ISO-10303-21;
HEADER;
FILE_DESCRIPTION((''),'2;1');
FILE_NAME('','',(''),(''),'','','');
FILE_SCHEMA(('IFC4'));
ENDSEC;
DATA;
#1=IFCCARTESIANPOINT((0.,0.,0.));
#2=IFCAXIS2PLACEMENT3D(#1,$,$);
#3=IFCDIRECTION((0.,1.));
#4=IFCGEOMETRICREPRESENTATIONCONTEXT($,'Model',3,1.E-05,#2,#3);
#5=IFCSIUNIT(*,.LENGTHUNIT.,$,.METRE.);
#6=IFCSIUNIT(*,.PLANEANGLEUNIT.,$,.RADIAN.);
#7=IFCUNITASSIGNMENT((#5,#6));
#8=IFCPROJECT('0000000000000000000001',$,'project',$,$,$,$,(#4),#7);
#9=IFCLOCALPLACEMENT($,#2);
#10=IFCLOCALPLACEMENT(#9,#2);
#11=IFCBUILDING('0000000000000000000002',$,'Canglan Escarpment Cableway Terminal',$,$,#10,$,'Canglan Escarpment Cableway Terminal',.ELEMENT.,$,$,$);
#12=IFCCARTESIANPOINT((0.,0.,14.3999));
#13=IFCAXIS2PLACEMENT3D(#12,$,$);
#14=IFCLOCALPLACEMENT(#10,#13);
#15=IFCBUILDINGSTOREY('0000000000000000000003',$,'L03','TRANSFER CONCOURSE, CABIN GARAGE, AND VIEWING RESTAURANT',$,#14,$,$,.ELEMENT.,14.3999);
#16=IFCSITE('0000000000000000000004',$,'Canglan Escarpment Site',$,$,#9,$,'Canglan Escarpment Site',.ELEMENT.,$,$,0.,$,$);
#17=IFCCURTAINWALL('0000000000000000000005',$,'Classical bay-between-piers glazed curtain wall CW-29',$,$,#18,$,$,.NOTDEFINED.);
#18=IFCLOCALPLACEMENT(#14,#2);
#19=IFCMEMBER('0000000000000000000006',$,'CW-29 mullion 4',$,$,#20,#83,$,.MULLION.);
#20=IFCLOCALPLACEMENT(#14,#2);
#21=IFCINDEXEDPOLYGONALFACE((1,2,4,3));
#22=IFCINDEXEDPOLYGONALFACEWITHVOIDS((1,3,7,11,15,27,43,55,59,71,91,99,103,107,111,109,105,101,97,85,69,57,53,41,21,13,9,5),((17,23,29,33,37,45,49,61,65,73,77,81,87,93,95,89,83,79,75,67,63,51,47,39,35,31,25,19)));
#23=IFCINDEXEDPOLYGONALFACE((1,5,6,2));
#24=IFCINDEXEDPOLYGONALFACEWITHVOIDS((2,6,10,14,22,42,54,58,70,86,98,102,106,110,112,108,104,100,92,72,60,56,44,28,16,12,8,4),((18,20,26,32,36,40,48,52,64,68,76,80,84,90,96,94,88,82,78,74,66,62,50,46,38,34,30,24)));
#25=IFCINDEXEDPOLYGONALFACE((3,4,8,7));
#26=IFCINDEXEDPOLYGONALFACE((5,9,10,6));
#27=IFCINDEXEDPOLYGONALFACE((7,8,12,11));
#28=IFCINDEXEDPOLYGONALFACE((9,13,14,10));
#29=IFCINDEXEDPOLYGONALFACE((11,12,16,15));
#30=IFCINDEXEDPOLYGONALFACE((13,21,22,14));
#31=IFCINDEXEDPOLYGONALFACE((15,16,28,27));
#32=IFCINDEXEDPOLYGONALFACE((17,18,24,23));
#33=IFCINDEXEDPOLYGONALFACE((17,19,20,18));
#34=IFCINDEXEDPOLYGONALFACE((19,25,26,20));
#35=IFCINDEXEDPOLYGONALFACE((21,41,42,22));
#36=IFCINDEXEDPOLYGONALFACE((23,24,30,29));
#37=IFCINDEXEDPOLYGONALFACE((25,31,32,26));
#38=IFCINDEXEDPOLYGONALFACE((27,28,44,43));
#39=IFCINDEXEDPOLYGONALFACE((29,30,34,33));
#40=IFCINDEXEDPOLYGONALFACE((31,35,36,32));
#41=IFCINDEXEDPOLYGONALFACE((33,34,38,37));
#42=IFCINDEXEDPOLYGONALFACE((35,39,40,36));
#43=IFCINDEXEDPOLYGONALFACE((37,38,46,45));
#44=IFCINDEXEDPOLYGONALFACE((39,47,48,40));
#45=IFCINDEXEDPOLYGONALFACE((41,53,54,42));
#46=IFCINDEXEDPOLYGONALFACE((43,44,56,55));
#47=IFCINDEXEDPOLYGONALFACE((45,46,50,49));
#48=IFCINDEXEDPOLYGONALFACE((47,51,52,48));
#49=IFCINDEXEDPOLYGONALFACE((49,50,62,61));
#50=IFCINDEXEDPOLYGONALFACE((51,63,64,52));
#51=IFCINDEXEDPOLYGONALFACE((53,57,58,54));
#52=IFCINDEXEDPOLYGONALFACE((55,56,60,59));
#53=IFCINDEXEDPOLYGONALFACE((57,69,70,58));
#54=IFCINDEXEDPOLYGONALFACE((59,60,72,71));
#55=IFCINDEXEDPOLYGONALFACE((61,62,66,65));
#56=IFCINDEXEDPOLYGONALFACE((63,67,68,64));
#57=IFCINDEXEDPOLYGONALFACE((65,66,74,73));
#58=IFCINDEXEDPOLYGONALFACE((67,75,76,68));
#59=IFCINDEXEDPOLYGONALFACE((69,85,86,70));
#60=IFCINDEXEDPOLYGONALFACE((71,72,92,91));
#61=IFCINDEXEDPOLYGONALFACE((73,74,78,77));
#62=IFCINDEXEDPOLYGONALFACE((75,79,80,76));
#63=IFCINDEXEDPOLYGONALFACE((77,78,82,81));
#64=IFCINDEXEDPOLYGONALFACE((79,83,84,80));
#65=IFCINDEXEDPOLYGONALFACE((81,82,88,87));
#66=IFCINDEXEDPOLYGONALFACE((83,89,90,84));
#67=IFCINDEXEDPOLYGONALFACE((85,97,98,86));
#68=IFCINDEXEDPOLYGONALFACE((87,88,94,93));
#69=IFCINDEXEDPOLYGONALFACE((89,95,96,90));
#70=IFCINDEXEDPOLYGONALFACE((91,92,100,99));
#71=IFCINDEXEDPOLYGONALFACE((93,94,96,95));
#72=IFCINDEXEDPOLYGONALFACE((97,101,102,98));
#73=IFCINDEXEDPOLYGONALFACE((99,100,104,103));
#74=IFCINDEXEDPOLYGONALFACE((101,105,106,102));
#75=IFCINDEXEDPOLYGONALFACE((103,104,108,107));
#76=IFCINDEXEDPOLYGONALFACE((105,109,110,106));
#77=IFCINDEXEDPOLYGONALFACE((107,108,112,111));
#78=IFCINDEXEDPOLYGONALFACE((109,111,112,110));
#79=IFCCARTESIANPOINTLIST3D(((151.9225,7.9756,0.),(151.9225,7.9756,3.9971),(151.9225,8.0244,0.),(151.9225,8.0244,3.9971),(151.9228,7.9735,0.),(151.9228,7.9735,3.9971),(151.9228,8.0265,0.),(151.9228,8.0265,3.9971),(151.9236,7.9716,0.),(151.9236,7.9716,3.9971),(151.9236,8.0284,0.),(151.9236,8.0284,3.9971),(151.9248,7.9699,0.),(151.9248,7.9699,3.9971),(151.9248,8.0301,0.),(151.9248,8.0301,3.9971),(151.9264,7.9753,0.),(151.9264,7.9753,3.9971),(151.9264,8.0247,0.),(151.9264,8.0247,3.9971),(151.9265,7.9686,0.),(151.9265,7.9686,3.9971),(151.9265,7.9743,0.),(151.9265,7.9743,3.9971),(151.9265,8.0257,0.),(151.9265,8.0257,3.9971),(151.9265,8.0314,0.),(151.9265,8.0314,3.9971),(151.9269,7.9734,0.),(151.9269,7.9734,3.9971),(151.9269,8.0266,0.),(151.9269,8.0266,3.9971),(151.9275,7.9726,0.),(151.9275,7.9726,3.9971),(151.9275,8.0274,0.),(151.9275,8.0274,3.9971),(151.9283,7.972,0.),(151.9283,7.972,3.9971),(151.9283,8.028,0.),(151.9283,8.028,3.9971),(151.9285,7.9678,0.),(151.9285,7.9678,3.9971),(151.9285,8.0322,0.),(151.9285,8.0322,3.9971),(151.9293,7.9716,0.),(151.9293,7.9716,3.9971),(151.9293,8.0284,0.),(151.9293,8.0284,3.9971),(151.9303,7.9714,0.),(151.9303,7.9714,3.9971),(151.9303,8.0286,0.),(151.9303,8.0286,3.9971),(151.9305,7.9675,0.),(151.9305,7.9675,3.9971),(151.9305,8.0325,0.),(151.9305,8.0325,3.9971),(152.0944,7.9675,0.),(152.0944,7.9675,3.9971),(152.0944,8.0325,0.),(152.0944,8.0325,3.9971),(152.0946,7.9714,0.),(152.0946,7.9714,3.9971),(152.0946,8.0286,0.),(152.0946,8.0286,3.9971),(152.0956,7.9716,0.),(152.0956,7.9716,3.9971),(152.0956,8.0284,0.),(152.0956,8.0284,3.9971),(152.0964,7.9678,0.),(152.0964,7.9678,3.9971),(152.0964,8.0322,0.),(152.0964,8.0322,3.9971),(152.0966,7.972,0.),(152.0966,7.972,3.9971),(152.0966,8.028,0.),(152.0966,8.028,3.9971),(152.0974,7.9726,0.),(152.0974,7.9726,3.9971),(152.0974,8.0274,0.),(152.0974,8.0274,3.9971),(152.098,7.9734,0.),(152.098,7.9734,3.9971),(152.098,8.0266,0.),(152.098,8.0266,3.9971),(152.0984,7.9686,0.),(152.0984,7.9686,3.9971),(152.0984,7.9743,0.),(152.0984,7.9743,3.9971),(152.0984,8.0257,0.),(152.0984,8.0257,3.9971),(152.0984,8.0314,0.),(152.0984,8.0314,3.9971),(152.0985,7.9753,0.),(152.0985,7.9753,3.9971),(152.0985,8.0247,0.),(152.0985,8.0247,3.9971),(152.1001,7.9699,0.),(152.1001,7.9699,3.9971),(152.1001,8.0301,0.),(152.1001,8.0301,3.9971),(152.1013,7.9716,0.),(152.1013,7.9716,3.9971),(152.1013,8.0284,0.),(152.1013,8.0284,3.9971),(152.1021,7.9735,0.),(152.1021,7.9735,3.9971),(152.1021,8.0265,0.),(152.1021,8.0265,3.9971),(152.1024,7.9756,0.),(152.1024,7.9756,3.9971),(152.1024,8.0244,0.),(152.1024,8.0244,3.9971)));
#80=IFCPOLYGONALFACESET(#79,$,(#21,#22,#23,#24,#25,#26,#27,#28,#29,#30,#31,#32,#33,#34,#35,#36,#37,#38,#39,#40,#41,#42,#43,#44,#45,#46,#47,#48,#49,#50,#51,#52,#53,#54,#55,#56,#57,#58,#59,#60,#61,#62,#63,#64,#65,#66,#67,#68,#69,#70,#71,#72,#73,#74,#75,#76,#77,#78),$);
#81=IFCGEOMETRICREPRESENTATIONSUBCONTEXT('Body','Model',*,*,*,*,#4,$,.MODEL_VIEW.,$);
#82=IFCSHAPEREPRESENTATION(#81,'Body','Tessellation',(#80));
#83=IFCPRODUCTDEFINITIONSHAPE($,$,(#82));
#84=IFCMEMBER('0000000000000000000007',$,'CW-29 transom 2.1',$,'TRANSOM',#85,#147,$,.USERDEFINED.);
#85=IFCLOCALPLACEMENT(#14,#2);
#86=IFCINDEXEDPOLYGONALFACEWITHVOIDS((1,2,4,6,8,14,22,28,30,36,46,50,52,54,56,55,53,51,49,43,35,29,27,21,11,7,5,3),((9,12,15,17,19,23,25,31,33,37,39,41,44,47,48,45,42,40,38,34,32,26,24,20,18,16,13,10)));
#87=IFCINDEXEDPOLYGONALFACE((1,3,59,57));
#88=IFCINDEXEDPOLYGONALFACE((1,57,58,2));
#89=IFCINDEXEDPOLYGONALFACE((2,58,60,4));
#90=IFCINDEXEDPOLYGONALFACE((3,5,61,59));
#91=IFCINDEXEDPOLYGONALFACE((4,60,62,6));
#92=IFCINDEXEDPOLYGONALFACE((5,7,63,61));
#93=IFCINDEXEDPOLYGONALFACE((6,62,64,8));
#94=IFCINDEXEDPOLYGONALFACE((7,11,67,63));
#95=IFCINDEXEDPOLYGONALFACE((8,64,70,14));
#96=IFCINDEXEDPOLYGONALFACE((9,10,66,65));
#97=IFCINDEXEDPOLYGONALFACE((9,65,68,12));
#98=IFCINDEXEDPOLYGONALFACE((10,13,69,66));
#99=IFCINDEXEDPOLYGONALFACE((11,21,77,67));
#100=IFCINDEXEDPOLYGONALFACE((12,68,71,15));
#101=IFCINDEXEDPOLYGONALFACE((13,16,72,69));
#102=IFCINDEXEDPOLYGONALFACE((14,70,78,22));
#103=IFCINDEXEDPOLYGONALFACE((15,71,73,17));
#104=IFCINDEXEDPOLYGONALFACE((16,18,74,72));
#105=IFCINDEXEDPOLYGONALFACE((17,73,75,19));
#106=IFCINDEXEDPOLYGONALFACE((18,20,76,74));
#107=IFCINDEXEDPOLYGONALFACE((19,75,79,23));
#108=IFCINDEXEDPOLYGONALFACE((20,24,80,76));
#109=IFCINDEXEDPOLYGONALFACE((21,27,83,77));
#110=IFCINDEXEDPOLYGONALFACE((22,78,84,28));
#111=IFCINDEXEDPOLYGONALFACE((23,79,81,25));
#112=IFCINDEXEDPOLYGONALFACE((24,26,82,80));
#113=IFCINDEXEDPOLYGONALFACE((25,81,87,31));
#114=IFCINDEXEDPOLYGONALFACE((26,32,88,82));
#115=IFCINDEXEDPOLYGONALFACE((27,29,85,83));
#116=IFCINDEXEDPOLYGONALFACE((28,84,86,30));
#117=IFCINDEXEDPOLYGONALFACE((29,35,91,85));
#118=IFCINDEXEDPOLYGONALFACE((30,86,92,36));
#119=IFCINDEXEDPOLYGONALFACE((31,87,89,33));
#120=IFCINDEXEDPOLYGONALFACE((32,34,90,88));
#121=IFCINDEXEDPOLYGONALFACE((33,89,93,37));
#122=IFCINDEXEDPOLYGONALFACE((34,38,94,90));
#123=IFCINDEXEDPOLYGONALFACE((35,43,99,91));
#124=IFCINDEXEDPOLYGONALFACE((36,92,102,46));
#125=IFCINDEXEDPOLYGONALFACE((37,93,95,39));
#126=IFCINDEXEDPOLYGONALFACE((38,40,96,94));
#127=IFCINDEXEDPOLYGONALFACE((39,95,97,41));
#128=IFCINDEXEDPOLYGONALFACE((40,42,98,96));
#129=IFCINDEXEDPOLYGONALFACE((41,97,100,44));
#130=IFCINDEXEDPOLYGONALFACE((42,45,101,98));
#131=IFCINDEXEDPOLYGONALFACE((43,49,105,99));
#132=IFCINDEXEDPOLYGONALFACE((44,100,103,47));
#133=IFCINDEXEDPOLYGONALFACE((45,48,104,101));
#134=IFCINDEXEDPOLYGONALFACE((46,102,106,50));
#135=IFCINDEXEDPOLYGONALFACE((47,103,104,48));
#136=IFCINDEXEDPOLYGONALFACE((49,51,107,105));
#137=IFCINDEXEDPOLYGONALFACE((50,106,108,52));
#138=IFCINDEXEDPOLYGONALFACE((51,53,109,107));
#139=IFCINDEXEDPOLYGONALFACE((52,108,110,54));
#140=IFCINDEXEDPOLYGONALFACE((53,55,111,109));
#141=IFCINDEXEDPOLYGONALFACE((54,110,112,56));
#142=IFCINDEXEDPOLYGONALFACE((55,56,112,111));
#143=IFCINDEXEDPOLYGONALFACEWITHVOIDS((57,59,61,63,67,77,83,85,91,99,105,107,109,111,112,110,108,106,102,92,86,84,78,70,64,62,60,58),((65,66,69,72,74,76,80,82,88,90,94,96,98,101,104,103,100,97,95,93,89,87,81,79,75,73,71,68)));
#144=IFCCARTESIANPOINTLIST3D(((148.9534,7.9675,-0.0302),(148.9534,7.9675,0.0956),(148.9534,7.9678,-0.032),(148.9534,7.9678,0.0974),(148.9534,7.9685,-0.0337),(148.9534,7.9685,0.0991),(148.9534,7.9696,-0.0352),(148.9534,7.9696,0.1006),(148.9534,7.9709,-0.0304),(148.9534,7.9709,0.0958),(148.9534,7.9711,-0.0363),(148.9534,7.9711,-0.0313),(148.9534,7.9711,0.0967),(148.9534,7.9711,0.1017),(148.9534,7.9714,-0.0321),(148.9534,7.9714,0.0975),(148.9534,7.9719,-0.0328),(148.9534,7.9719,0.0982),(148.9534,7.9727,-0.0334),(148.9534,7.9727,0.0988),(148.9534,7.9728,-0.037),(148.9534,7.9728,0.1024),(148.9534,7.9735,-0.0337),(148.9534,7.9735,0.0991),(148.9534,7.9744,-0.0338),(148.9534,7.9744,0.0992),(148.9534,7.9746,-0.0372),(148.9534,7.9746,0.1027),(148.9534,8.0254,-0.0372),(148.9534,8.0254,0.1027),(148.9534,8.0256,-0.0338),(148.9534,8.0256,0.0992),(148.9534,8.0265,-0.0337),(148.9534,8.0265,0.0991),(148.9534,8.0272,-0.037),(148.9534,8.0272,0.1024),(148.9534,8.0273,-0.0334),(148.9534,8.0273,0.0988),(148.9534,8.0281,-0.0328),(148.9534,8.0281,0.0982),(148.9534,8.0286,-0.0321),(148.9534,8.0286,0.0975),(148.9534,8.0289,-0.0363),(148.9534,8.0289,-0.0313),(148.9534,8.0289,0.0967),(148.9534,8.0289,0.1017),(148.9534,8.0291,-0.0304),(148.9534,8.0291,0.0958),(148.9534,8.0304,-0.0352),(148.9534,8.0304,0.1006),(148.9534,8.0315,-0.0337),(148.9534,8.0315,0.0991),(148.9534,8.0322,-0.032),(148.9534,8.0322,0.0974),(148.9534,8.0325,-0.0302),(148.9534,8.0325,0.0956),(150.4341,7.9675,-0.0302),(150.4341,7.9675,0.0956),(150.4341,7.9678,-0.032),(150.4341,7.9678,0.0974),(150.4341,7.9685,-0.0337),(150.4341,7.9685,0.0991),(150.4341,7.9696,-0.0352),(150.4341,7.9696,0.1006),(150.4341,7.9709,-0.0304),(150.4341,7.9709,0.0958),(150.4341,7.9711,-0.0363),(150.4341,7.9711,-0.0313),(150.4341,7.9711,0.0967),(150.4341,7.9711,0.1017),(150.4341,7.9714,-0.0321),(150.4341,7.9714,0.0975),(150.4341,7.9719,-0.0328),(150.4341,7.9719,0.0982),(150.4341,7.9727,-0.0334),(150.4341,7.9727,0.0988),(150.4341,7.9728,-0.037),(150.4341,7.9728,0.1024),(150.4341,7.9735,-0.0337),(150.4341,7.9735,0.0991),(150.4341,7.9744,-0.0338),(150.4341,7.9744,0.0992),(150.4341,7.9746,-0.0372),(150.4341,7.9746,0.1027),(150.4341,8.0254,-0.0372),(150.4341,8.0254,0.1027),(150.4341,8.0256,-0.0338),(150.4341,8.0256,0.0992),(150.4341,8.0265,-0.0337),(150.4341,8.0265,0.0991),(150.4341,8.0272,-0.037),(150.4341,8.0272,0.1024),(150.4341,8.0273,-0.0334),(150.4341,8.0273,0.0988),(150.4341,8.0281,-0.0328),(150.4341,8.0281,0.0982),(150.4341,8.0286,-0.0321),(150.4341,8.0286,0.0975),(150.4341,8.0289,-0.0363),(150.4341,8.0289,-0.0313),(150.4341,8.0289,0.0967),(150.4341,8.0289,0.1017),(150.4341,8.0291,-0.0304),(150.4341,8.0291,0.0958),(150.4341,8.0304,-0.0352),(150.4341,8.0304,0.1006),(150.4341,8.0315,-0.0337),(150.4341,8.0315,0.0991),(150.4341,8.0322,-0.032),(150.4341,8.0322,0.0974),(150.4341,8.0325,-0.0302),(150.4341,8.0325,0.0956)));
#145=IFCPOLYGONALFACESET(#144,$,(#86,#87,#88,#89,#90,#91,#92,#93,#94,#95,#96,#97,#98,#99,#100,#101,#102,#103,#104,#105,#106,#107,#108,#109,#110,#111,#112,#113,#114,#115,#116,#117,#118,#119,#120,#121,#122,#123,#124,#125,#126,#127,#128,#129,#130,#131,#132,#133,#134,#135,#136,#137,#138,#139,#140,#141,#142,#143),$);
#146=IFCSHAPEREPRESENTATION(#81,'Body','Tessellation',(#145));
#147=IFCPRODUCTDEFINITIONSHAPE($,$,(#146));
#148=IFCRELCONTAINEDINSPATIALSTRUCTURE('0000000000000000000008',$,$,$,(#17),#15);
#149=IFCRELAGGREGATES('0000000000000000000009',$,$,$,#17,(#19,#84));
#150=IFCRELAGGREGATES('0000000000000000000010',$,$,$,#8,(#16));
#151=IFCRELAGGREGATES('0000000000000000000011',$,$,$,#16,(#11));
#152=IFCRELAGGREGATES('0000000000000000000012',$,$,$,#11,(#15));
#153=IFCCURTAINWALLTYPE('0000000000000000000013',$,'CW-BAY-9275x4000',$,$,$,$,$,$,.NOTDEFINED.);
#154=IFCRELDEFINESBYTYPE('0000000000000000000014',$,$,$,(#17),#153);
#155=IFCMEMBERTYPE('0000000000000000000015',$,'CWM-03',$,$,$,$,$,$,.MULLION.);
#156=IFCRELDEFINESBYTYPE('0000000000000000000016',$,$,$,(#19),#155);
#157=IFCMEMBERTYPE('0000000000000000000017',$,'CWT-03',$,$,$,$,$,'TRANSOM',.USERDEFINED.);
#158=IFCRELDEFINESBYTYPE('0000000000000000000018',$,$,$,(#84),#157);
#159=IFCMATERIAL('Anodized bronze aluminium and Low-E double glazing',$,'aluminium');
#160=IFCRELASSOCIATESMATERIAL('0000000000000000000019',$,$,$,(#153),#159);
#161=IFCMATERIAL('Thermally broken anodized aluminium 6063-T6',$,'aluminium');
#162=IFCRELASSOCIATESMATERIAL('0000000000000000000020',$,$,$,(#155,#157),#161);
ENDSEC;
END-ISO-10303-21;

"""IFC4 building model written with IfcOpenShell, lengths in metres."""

from ifc_helpers import new_model, si_unit, direction, frame, origin, origin_2d, place, context, subcontext, project, spatial, hollow_rectangle, extrude, material, material_profile, profile_set, type_object, element, aggregate, save


model = new_model("IFC4")

# Units and contexts
model_context = context("Model", 3, precision=1e-05, world=origin(), true_north=direction((0.0, 1.0)))
body_context = subcontext(model_context, "Body", "Model", "MODEL_VIEW")
ifc_project = project(units=[si_unit("LENGTHUNIT", "METRE"), si_unit("PLANEANGLEUNIT", "RADIAN")], contexts=[model_context])

# Site, building, storey
site_placement = place(None, origin())
site = spatial("IfcSite", under=ifc_project, at=site_placement, Name="Canglan Escarpment Site", LongName="Canglan Escarpment Site", CompositionType="ELEMENT", RefElevation=0.0)
building_placement = place(site_placement, origin())
building = spatial("IfcBuilding", under=site, at=building_placement, Name="Canglan Escarpment Cableway Terminal", LongName="Canglan Escarpment Cableway Terminal", CompositionType="ELEMENT")
storey_placement = place(building_placement, frame((0.0, 0.0, 14.3999)))
storey = spatial("IfcBuildingStorey", under=building, at=storey_placement, Name="L03", Description="TRANSFER CONCOURSE, CABIN GARAGE, AND VIEWING RESTAURANT", CompositionType="ELEMENT", Elevation=14.3999)

# Curtain wall, members
ifc_material_1 = material(Name="Anodized bronze aluminium and Low-E double glazing", Category="aluminium")
curtain_wall_type = type_object("IfcCurtainWallType", Name="CW-BAY-9275x4000", PredefinedType="NOTDEFINED", material=ifc_material_1)
curtain_wall_placement = place(storey_placement, origin())
curtain_wall = element("IfcCurtainWall", 1, at=curtain_wall_placement, inside=storey, type_object=curtain_wall_type, Name="Classical bay-between-piers glazed curtain wall CW-29", PredefinedType="NOTDEFINED")
ifc_material_2 = material(Name="Thermally broken anodized aluminium 6063-T6", Category="aluminium")
ifc_material_profile_1 = material_profile(ifc_material_2, hollow_rectangle(XDim=0.0649, YDim=0.1799, WallThickness=0.0039, InnerFilletRadius=0.0039, OuterFilletRadius=0.0081, at=origin_2d()), Name="ALU-MULL 65x180x4")
ifc_profile_set_1 = profile_set([ifc_material_profile_1], Name="Thermally broken anodized aluminium 6063-T6")
member_type_1 = type_object("IfcMemberType", Name="CWM-03", PredefinedType="MULLION", material=ifc_profile_set_1)
member_1_placement = place(storey_placement, frame((152.0125, 8.0, 0.0), z_axis=(0.0, 0.0, 1.0), x_axis=(0.0, 1.0, 0.0)))
member_1 = element("IfcMember", 2, at=member_1_placement, type_object=member_type_1, Name="CW-29 mullion 4", PredefinedType="MULLION", context=body_context, shape_type="SweptSolid", body=[
    extrude(hollow_rectangle(XDim=0.0649, YDim=0.1799, WallThickness=0.0039, InnerFilletRadius=0.0039, OuterFilletRadius=0.0081, at=origin_2d()), origin(), (0.0, 0.0, 1.0), 3.9971),
])
ifc_material_profile_2 = material_profile(ifc_material_2, hollow_rectangle(XDim=0.0649, YDim=0.1399, WallThickness=0.0034, InnerFilletRadius=0.0034, OuterFilletRadius=0.0071, at=origin_2d()), Name="ALU-TRAN 65x140x3.5")
ifc_profile_set_2 = profile_set([ifc_material_profile_2], Name="Thermally broken anodized aluminium 6063-T6")
member_type_2 = type_object("IfcMemberType", Name="CWT-03", ElementType="TRANSOM", PredefinedType="USERDEFINED", material=ifc_profile_set_2)
member_2_placement = place(storey_placement, frame((148.9534, 8.0, 0.0327), z_axis=(1.0, 0.0, 0.0), x_axis=(0.0, 1.0, 0.0)))
member_2 = element("IfcMember", 3, at=member_2_placement, type_object=member_type_2, Name="CW-29 transom 2.1", ObjectType="TRANSOM", PredefinedType="USERDEFINED", context=body_context, shape_type="SweptSolid", body=[
    extrude(hollow_rectangle(XDim=0.0649, YDim=0.1399, WallThickness=0.0034, InnerFilletRadius=0.0034, OuterFilletRadius=0.0071, at=origin_2d()), origin(), (0.0, 0.0, 1.0), 1.4807),
])
aggregate(curtain_wall, [member_1, member_2])

save(model, "model.ifc")
